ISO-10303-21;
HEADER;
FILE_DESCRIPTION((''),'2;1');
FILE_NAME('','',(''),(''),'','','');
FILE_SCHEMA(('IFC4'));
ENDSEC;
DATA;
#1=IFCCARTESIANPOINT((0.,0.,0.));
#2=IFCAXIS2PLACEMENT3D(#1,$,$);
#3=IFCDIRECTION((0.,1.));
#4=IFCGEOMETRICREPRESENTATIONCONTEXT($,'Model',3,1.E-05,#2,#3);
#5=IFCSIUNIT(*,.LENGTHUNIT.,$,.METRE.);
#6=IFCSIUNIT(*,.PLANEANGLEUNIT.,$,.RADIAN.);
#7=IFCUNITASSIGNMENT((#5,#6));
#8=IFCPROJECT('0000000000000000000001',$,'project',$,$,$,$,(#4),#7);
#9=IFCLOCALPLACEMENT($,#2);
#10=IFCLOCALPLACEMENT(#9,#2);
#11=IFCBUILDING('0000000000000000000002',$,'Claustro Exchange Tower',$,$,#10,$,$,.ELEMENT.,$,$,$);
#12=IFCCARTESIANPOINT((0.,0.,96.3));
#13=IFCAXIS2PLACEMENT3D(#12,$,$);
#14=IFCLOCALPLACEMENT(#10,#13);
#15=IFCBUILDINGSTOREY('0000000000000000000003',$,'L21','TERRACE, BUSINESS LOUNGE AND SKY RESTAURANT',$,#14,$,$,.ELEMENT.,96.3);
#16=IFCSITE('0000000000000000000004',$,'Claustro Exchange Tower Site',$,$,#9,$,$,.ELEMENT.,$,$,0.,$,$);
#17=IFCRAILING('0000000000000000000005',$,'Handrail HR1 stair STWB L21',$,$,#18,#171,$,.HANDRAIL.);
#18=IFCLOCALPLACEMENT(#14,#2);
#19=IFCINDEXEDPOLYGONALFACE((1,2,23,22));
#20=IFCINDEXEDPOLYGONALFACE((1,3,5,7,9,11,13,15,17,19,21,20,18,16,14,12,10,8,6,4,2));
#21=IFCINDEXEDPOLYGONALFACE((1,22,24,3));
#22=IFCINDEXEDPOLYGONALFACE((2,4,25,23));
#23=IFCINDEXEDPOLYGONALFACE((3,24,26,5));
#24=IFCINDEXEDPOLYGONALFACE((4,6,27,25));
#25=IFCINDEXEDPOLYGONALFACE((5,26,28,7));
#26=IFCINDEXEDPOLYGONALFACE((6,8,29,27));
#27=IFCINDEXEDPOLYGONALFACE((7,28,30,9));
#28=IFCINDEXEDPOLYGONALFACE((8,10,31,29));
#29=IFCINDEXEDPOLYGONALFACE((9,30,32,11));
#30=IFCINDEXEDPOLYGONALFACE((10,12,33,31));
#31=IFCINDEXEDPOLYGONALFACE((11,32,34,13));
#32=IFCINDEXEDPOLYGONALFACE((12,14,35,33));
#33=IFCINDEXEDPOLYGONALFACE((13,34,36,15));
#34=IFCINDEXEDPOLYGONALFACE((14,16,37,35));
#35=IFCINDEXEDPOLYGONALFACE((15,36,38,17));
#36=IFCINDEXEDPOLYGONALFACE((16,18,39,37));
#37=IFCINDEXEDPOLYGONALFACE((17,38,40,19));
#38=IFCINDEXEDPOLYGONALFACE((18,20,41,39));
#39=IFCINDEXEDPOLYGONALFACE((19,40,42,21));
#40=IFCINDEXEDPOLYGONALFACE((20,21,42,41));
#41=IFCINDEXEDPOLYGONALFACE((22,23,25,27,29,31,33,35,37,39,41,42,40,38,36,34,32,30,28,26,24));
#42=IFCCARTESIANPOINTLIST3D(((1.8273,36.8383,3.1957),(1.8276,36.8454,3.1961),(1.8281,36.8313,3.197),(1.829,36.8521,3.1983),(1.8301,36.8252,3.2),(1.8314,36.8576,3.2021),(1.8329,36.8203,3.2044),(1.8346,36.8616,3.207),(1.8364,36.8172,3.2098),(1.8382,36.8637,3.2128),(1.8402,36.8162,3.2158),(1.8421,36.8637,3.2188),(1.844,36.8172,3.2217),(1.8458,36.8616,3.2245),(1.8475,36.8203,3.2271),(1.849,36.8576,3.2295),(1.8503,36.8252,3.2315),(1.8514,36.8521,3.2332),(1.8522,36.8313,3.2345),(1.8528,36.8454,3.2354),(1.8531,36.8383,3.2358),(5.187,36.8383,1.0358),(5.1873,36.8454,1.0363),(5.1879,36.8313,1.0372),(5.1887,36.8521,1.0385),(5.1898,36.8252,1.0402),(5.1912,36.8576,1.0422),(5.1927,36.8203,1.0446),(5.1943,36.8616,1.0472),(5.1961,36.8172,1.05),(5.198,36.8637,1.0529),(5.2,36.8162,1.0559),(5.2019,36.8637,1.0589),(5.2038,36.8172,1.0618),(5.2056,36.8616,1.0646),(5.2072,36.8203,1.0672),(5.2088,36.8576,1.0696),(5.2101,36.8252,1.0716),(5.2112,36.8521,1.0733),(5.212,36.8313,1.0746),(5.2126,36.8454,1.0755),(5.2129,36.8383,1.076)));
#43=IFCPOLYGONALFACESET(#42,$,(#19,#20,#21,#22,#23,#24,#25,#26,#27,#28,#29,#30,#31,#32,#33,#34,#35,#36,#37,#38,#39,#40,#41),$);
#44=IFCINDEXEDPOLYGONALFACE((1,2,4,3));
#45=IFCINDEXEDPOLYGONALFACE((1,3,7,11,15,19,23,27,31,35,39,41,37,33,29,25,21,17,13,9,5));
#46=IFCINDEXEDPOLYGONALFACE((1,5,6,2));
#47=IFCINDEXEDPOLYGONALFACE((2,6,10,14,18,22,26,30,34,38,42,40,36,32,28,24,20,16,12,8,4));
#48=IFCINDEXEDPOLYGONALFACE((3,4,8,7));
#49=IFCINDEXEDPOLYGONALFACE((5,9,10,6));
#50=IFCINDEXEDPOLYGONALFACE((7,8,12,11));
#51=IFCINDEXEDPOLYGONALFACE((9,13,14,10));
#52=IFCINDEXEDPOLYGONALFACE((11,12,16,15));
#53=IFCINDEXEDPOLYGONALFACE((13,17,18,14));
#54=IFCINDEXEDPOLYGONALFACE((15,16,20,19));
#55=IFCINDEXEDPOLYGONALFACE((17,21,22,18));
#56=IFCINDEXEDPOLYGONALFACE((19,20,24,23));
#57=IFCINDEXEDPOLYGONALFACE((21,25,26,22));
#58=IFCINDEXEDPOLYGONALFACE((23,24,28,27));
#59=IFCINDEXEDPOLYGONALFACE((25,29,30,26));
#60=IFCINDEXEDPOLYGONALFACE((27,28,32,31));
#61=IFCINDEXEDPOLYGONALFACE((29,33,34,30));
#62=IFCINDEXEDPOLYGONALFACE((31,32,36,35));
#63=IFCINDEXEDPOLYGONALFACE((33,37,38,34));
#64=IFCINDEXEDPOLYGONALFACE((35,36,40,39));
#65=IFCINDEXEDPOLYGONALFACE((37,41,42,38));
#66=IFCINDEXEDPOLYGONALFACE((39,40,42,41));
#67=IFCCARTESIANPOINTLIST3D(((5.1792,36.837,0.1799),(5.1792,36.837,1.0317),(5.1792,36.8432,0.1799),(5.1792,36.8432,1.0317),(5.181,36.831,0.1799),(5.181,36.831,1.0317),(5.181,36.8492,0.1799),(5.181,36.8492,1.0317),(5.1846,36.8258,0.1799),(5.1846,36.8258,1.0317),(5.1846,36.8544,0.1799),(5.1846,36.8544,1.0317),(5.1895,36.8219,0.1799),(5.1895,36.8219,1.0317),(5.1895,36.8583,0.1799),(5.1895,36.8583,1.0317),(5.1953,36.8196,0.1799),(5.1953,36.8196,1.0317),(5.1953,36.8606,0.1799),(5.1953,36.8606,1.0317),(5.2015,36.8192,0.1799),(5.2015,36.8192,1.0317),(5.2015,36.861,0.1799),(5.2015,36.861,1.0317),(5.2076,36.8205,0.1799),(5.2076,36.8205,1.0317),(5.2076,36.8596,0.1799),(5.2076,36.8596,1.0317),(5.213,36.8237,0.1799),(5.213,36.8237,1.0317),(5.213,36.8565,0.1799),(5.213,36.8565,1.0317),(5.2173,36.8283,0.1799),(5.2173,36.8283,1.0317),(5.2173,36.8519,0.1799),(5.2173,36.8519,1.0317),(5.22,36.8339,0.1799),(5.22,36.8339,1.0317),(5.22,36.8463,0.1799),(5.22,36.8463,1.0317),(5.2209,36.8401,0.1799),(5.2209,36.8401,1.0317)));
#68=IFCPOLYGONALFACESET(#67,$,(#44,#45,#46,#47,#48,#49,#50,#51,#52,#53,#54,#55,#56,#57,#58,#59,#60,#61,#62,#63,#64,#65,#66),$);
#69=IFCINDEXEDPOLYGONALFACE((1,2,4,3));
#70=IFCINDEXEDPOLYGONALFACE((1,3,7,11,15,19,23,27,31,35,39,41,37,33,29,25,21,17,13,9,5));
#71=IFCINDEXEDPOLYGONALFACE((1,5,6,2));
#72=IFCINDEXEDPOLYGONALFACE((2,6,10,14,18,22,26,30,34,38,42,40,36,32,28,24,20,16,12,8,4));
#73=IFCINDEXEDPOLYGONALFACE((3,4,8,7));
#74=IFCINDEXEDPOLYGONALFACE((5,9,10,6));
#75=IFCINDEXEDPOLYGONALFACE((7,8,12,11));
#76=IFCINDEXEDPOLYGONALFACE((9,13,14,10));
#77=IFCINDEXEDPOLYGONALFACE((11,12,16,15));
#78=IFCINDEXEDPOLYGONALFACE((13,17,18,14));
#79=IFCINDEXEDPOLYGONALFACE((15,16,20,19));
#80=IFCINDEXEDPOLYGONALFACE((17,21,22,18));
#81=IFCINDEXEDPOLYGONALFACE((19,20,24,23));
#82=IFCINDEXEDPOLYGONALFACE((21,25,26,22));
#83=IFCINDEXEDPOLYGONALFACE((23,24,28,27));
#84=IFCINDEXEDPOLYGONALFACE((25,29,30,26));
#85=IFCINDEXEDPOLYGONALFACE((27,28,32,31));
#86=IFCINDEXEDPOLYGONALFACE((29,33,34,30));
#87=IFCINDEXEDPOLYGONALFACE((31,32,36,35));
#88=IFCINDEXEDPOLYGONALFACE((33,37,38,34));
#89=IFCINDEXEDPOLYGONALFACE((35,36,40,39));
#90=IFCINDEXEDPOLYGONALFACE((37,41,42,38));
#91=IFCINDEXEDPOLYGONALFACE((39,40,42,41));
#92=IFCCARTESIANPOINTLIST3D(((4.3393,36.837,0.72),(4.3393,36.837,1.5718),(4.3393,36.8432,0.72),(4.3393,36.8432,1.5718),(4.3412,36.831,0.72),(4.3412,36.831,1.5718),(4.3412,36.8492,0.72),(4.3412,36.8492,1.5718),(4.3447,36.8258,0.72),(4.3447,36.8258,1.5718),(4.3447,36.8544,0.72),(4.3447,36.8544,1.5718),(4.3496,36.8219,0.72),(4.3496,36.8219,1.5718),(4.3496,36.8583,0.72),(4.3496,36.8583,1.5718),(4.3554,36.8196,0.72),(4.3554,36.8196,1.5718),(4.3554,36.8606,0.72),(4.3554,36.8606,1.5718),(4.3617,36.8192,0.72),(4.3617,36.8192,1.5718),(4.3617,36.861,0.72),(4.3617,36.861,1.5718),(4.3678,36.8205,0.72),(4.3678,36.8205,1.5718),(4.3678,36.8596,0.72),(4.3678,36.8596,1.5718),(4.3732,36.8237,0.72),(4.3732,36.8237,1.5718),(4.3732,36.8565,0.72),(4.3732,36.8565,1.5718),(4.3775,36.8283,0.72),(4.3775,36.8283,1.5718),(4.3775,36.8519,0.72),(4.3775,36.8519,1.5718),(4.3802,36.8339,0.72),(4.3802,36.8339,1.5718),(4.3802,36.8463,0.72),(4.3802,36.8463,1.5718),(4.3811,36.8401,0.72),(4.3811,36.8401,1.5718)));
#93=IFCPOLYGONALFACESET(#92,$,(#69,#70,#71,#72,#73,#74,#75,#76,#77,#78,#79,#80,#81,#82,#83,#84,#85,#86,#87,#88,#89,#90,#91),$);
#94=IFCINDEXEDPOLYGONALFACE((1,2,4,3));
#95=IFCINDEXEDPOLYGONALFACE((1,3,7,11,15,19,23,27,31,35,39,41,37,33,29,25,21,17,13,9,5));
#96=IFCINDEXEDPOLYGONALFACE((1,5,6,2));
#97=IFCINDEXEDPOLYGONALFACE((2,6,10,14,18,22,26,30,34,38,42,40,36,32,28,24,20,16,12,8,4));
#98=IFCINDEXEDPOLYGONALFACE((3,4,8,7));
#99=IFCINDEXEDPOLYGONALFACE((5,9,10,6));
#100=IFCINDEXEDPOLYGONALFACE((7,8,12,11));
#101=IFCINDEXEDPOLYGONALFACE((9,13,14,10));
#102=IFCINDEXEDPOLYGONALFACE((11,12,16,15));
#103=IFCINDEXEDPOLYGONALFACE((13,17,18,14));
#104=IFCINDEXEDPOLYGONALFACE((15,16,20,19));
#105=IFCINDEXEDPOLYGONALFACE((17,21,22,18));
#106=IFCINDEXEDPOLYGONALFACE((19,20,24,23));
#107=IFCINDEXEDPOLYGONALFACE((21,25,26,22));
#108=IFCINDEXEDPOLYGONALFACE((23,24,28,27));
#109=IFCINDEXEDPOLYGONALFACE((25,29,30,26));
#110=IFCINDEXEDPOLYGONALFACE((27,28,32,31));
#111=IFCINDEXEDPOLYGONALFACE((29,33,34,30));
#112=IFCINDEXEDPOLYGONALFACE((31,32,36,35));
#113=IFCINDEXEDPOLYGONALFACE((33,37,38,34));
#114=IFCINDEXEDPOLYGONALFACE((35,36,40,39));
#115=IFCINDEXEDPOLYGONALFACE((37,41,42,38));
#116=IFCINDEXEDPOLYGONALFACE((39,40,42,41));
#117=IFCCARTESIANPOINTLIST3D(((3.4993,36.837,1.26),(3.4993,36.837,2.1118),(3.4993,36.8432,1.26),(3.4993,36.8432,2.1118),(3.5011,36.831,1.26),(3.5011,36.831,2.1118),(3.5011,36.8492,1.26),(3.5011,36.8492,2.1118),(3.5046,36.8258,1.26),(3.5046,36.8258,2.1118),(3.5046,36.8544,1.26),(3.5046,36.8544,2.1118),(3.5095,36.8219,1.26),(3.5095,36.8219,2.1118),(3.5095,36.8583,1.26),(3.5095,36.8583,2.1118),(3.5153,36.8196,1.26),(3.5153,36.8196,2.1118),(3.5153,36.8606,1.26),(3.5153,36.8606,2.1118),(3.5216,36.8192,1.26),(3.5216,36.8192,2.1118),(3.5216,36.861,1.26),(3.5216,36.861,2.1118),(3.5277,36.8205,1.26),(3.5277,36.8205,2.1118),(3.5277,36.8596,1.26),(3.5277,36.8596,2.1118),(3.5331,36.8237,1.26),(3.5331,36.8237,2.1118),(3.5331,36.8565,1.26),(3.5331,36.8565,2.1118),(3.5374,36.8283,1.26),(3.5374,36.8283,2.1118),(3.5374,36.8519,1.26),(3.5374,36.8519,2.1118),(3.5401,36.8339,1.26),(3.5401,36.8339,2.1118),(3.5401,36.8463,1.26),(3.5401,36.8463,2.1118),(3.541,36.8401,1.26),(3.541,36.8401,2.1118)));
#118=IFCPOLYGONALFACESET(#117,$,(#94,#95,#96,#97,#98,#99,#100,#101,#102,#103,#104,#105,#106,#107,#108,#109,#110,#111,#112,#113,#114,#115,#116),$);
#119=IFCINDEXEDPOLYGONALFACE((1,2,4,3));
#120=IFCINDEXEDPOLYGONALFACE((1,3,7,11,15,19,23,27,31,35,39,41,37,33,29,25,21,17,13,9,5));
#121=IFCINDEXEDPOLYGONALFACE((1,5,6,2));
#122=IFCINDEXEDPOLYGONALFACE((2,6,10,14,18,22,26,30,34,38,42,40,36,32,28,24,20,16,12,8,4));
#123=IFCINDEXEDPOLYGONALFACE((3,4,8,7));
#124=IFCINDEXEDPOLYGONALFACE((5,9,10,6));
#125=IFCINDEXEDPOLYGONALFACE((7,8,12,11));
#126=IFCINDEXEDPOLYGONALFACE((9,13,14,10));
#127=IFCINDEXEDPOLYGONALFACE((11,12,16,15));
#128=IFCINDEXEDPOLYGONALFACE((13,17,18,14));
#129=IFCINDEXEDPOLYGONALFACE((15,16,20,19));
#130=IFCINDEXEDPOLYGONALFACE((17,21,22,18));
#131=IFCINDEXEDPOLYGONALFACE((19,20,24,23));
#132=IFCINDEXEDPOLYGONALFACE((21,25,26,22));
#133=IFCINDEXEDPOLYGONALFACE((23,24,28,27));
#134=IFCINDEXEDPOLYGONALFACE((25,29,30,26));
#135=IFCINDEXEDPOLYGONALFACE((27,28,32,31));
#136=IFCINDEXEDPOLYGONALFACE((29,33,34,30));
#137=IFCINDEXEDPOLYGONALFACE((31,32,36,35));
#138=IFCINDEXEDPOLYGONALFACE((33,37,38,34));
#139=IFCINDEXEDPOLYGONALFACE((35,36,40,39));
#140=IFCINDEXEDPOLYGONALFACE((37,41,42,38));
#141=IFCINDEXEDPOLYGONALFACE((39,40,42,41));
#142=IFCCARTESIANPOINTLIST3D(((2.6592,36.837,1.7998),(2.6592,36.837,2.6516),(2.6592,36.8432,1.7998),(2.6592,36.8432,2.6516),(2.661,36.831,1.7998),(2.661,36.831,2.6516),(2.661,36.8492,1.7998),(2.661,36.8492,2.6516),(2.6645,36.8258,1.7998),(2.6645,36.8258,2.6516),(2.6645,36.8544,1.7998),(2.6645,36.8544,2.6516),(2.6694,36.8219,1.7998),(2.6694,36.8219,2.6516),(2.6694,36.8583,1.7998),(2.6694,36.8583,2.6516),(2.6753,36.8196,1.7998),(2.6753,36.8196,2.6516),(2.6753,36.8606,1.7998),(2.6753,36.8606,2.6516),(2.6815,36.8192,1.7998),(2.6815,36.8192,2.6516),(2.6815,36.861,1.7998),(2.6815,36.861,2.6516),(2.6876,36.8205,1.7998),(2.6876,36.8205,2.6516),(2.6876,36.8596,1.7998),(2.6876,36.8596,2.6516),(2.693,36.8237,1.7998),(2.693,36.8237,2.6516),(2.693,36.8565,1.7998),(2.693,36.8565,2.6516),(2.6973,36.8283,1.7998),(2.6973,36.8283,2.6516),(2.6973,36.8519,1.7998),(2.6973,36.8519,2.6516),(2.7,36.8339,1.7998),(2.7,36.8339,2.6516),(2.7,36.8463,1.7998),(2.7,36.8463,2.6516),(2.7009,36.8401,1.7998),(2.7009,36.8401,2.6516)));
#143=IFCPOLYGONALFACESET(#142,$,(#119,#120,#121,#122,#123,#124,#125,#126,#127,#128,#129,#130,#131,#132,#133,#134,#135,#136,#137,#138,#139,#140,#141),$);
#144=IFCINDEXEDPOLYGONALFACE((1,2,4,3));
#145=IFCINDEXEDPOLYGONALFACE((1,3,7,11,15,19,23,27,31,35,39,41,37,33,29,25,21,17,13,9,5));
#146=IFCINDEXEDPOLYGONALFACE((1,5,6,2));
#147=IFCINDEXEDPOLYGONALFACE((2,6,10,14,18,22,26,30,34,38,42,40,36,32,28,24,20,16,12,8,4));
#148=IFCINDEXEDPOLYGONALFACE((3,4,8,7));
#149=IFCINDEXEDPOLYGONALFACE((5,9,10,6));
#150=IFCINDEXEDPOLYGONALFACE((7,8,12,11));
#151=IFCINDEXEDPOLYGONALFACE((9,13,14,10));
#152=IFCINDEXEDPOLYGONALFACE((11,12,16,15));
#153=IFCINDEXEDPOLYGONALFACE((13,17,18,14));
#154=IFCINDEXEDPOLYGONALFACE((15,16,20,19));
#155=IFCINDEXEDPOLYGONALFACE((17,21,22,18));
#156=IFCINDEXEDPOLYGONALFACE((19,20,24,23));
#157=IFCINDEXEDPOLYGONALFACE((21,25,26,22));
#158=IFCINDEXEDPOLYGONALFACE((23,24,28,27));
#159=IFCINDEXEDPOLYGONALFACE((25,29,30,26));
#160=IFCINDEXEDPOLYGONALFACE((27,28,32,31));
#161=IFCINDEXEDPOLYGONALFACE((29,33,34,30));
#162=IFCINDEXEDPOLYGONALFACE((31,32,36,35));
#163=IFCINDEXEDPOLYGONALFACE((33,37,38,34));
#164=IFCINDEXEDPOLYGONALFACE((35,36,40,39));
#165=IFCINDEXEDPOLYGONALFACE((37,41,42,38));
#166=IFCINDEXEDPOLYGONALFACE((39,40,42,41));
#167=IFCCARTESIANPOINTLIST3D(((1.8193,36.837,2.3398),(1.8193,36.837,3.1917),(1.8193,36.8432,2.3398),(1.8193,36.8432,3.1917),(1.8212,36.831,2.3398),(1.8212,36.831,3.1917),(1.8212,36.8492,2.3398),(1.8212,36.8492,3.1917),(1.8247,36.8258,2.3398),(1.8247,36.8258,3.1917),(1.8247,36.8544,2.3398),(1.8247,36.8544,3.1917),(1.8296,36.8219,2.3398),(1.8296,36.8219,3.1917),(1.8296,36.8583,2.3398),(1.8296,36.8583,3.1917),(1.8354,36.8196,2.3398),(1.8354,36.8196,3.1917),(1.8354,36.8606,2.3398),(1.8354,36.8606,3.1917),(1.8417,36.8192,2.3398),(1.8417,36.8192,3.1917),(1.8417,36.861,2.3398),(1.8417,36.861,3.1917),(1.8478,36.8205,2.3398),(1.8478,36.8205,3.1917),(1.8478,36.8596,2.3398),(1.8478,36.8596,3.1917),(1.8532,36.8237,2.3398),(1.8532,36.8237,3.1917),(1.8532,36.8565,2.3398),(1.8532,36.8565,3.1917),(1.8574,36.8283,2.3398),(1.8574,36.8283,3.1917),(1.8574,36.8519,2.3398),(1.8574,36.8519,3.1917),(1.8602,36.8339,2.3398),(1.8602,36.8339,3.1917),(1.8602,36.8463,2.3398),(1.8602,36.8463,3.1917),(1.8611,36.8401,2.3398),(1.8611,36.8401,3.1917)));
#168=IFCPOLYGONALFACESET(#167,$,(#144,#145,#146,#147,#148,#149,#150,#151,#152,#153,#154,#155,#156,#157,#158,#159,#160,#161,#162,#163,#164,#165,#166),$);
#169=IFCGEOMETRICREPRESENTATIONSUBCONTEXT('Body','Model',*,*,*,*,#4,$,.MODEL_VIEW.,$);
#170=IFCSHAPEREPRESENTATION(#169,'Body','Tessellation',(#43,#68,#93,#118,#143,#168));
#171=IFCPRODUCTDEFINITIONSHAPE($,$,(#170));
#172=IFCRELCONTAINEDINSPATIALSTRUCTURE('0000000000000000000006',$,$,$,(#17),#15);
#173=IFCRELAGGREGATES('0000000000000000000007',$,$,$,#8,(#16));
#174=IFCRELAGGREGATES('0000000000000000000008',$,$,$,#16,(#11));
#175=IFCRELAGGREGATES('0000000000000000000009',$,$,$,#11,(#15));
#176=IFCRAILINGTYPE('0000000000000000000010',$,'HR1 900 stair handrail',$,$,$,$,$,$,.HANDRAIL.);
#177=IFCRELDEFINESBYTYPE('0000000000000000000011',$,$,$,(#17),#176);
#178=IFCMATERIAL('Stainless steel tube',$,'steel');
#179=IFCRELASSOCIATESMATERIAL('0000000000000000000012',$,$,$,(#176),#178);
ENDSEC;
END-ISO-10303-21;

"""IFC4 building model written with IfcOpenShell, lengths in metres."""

from ifc_helpers import new_model, si_unit, direction, frame, origin, origin_2d, place, context, subcontext, project, spatial, circle, extrude, material, type_object, element, save


model = new_model("IFC4")

# Units and contexts
model_context = context("Model", 3, precision=1e-05, world=origin(), true_north=direction((0.0, 1.0)))
body_context = subcontext(model_context, "Body", "Model", "MODEL_VIEW")
ifc_project = project(units=[si_unit("LENGTHUNIT", "METRE"), si_unit("PLANEANGLEUNIT", "RADIAN")], contexts=[model_context])

# Site, building, storey
site_placement = place(None, origin())
site = spatial("IfcSite", under=ifc_project, at=site_placement, Name="Claustro Exchange Tower Site", CompositionType="ELEMENT", RefElevation=0.0)
building_placement = place(site_placement, origin())
building = spatial("IfcBuilding", under=site, at=building_placement, Name="Claustro Exchange Tower", CompositionType="ELEMENT")
storey_placement = place(building_placement, frame((0.0, 0.0, 96.3)))
storey = spatial("IfcBuildingStorey", under=building, at=storey_placement, Name="L21", Description="TERRACE, BUSINESS LOUNGE AND SKY RESTAURANT", CompositionType="ELEMENT", Elevation=96.3)

# Railing
ifc_material_1 = material(Name="Stainless steel tube", Category="steel")
railing_type_1 = type_object("IfcRailingType", Name="HR1 900 stair handrail", PredefinedType="HANDRAIL", material=ifc_material_1)
railing_1_placement = place(storey_placement, frame((5.2, 36.8401, 0.1799)))
element("IfcRailing", 1, at=railing_1_placement, inside=storey, type_object=railing_type_1, Name="Handrail HR1 stair STWB L21", PredefinedType="HANDRAIL", context=body_context, shape_type="SweptSolid", body=[
    extrude(circle(Radius=0.0239, at=origin_2d()), frame((0.0, 0.0, 0.876), z_axis=(-0.841178, 0.0, 0.540758), x_axis=(0.0, -1.0, 0.0)), (0.0, 0.0, 1.0), 3.9941),
    extrude(circle(Radius=0.021, at=origin_2d()), origin(), (0.0, 0.0, 1.0), 0.8518),
    extrude(circle(Radius=0.021, at=origin_2d()), frame((-0.8398, 0.0, 0.54)), (0.0, 0.0, 1.0), 0.8518),
    extrude(circle(Radius=0.021, at=origin_2d()), frame((-1.6799, 0.0, 1.0801)), (0.0, 0.0, 1.0), 0.8518),
    extrude(circle(Radius=0.021, at=origin_2d()), frame((-2.52, 0.0, 1.6199)), (0.0, 0.0, 1.0), 0.8518),
    extrude(circle(Radius=0.021, at=origin_2d()), frame((-3.3599, 0.0, 2.1599)), (0.0, 0.0, 1.0), 0.8518),
])

save(model, "model.ifc")
